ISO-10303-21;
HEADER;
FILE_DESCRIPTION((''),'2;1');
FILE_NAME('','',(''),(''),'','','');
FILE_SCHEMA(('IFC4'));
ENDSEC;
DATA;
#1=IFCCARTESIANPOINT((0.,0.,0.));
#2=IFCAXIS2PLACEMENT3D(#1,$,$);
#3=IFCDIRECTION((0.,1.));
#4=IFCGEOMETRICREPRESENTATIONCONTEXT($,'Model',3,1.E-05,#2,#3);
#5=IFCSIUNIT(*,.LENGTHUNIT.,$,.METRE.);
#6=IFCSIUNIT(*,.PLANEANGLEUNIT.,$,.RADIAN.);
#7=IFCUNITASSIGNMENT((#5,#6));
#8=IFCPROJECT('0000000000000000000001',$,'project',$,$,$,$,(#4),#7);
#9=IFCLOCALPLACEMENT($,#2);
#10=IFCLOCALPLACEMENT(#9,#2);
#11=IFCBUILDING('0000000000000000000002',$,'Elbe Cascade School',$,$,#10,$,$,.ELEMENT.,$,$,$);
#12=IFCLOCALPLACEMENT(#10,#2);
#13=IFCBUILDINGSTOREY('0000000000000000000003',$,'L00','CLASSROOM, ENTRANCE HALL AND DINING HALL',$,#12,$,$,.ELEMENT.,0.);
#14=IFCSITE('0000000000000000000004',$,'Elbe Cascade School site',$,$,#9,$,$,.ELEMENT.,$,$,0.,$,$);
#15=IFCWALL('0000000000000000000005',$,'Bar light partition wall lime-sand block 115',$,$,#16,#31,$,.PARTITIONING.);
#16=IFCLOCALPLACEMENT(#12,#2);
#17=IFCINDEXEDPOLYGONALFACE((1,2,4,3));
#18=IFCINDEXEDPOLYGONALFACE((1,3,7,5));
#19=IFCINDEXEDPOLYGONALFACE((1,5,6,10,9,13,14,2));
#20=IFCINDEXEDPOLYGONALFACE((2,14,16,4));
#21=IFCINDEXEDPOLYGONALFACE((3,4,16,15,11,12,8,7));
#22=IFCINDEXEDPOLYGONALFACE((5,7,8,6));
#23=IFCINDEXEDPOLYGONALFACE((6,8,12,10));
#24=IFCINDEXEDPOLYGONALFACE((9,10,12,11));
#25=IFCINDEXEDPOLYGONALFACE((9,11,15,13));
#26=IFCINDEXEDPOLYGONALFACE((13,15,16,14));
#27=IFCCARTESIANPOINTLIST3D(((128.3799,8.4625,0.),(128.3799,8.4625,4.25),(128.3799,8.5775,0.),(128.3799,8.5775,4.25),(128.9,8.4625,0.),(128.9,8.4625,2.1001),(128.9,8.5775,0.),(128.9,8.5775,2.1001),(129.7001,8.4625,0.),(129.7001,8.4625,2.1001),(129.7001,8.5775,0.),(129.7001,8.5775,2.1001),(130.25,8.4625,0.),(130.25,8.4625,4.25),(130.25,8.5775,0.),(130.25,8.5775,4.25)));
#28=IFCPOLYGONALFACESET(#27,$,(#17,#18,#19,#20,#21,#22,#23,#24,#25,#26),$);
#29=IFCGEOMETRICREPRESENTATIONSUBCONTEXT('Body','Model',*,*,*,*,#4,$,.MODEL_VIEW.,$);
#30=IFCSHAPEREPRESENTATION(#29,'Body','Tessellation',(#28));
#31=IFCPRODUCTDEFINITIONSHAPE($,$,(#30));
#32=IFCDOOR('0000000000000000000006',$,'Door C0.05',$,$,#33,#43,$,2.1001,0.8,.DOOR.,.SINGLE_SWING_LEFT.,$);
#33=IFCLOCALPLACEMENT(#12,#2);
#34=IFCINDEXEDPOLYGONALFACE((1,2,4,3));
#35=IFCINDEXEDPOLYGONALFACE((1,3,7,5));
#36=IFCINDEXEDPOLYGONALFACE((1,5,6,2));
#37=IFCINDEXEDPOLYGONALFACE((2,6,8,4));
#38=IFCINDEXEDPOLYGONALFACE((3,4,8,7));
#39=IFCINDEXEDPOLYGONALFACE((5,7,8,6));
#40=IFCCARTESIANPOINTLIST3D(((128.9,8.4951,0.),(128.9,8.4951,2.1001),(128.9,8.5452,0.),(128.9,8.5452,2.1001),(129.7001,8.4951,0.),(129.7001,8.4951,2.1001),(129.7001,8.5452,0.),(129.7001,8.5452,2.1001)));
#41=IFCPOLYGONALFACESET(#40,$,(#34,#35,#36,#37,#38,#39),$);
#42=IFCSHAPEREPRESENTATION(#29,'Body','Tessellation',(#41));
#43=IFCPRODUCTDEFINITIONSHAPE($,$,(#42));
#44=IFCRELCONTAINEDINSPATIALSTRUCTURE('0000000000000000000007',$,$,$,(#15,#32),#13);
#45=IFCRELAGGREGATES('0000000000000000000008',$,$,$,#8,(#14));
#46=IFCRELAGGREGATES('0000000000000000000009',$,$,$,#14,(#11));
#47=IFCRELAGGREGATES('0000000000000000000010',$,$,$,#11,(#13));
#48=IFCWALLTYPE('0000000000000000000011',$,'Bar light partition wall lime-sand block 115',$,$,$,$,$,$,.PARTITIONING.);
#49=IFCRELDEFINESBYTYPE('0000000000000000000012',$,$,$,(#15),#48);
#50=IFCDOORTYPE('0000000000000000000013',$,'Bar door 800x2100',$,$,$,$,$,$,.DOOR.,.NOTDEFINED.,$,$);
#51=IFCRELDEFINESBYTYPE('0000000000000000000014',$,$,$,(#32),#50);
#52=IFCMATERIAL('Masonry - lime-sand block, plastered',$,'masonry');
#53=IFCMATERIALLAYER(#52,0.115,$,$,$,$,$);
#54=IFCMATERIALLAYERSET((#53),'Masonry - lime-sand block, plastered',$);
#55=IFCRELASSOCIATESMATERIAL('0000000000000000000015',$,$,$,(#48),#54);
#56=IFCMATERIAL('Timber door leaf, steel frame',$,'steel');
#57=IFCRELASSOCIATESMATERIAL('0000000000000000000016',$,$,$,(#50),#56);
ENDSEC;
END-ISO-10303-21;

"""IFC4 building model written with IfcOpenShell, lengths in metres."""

from ifc_helpers import new_model, si_unit, direction, frame, frame_2d, origin, place, context, subcontext, project, spatial, rectangle, extrude, material, layer, layer_set, type_object, element, fill, save


model = new_model("IFC4")

# Units and contexts
model_context = context("Model", 3, precision=1e-05, world=origin(), true_north=direction((0.0, 1.0)))
body_context = subcontext(model_context, "Body", "Model", "MODEL_VIEW")
ifc_project = project(units=[si_unit("LENGTHUNIT", "METRE"), si_unit("PLANEANGLEUNIT", "RADIAN")], contexts=[model_context])

# Site, building, storey
site_placement = place(None, origin())
site = spatial("IfcSite", under=ifc_project, at=site_placement, Name="Elbe Cascade School site", CompositionType="ELEMENT", RefElevation=0.0)
building_placement = place(site_placement, origin())
building = spatial("IfcBuilding", under=site, at=building_placement, Name="Elbe Cascade School", CompositionType="ELEMENT")
storey_placement = place(building_placement, origin())
storey = spatial("IfcBuildingStorey", under=building, at=storey_placement, Name="L00", Description="CLASSROOM, ENTRANCE HALL AND DINING HALL", CompositionType="ELEMENT", Elevation=0.0)

# Wall, opening, door
ifc_material_1 = material(Name="Masonry - lime-sand block, plastered", Category="masonry")
ifc_layer_1 = layer(ifc_material_1, 0.115)
ifc_layer_set_1 = layer_set([ifc_layer_1], Name="Masonry - lime-sand block, plastered")
wall_type = type_object("IfcWallType", Name="Bar light partition wall lime-sand block 115", PredefinedType="PARTITIONING", material=ifc_layer_set_1)
wall_placement = place(storey_placement, frame((130.25, 8.52, 0.0), z_axis=(0.0, 0.0, 1.0), x_axis=(-1.0, 0.0, 0.0)))
wall = element("IfcWall", 1, at=wall_placement, inside=storey, type_object=wall_type, Name="Bar light partition wall lime-sand block 115", PredefinedType="PARTITIONING", context=body_context, shape_type="SweptSolid", body=[
    extrude(rectangle(XDim=1.8701, YDim=0.115, at=frame_2d((0.9351, 0.0))), origin(), (0.0, 0.0, 1.0), 4.25),
])
opening_placement = place(wall_placement, frame((0.55, 0.0, 0.0)))
opening = element("IfcOpeningElement", 2, at=opening_placement, cuts=wall, PredefinedType="OPENING", context=body_context, shape_type="SweptSolid", body=[
    extrude(rectangle(XDim=0.8, YDim=2.1001, at=frame_2d((0.3999, 1.05))), frame((0.0, 0.0674, 0.0), z_axis=(0.0, -1.0, 0.0), x_axis=(1.0, 0.0, 0.0)), (0.0, 0.0, 1.0), 0.135),
])
ifc_material_2 = material(Name="Timber door leaf, steel frame", Category="steel")
door_type = type_object("IfcDoorType", Name="Bar door 800x2100", OperationType="NOTDEFINED", PredefinedType="DOOR", material=ifc_material_2)
door_placement = place(opening_placement, origin())
door = element("IfcDoor", 3, at=door_placement, inside=storey, type_object=door_type, Name="Door C0.05", OperationType="SINGLE_SWING_LEFT", OverallHeight=2.1001, OverallWidth=0.8, PredefinedType="DOOR", context=body_context, shape_type="SweptSolid", body=[
    extrude(rectangle(XDim=0.8, YDim=2.1001, at=frame_2d((0.3999, 1.05))), frame((0.0, 0.0249, 0.0), z_axis=(0.0, -1.0, 0.0), x_axis=(1.0, 0.0, 0.0)), (0.0, 0.0, 1.0), 0.05),
])
fill(opening, door)

save(model, "model.ifc")
